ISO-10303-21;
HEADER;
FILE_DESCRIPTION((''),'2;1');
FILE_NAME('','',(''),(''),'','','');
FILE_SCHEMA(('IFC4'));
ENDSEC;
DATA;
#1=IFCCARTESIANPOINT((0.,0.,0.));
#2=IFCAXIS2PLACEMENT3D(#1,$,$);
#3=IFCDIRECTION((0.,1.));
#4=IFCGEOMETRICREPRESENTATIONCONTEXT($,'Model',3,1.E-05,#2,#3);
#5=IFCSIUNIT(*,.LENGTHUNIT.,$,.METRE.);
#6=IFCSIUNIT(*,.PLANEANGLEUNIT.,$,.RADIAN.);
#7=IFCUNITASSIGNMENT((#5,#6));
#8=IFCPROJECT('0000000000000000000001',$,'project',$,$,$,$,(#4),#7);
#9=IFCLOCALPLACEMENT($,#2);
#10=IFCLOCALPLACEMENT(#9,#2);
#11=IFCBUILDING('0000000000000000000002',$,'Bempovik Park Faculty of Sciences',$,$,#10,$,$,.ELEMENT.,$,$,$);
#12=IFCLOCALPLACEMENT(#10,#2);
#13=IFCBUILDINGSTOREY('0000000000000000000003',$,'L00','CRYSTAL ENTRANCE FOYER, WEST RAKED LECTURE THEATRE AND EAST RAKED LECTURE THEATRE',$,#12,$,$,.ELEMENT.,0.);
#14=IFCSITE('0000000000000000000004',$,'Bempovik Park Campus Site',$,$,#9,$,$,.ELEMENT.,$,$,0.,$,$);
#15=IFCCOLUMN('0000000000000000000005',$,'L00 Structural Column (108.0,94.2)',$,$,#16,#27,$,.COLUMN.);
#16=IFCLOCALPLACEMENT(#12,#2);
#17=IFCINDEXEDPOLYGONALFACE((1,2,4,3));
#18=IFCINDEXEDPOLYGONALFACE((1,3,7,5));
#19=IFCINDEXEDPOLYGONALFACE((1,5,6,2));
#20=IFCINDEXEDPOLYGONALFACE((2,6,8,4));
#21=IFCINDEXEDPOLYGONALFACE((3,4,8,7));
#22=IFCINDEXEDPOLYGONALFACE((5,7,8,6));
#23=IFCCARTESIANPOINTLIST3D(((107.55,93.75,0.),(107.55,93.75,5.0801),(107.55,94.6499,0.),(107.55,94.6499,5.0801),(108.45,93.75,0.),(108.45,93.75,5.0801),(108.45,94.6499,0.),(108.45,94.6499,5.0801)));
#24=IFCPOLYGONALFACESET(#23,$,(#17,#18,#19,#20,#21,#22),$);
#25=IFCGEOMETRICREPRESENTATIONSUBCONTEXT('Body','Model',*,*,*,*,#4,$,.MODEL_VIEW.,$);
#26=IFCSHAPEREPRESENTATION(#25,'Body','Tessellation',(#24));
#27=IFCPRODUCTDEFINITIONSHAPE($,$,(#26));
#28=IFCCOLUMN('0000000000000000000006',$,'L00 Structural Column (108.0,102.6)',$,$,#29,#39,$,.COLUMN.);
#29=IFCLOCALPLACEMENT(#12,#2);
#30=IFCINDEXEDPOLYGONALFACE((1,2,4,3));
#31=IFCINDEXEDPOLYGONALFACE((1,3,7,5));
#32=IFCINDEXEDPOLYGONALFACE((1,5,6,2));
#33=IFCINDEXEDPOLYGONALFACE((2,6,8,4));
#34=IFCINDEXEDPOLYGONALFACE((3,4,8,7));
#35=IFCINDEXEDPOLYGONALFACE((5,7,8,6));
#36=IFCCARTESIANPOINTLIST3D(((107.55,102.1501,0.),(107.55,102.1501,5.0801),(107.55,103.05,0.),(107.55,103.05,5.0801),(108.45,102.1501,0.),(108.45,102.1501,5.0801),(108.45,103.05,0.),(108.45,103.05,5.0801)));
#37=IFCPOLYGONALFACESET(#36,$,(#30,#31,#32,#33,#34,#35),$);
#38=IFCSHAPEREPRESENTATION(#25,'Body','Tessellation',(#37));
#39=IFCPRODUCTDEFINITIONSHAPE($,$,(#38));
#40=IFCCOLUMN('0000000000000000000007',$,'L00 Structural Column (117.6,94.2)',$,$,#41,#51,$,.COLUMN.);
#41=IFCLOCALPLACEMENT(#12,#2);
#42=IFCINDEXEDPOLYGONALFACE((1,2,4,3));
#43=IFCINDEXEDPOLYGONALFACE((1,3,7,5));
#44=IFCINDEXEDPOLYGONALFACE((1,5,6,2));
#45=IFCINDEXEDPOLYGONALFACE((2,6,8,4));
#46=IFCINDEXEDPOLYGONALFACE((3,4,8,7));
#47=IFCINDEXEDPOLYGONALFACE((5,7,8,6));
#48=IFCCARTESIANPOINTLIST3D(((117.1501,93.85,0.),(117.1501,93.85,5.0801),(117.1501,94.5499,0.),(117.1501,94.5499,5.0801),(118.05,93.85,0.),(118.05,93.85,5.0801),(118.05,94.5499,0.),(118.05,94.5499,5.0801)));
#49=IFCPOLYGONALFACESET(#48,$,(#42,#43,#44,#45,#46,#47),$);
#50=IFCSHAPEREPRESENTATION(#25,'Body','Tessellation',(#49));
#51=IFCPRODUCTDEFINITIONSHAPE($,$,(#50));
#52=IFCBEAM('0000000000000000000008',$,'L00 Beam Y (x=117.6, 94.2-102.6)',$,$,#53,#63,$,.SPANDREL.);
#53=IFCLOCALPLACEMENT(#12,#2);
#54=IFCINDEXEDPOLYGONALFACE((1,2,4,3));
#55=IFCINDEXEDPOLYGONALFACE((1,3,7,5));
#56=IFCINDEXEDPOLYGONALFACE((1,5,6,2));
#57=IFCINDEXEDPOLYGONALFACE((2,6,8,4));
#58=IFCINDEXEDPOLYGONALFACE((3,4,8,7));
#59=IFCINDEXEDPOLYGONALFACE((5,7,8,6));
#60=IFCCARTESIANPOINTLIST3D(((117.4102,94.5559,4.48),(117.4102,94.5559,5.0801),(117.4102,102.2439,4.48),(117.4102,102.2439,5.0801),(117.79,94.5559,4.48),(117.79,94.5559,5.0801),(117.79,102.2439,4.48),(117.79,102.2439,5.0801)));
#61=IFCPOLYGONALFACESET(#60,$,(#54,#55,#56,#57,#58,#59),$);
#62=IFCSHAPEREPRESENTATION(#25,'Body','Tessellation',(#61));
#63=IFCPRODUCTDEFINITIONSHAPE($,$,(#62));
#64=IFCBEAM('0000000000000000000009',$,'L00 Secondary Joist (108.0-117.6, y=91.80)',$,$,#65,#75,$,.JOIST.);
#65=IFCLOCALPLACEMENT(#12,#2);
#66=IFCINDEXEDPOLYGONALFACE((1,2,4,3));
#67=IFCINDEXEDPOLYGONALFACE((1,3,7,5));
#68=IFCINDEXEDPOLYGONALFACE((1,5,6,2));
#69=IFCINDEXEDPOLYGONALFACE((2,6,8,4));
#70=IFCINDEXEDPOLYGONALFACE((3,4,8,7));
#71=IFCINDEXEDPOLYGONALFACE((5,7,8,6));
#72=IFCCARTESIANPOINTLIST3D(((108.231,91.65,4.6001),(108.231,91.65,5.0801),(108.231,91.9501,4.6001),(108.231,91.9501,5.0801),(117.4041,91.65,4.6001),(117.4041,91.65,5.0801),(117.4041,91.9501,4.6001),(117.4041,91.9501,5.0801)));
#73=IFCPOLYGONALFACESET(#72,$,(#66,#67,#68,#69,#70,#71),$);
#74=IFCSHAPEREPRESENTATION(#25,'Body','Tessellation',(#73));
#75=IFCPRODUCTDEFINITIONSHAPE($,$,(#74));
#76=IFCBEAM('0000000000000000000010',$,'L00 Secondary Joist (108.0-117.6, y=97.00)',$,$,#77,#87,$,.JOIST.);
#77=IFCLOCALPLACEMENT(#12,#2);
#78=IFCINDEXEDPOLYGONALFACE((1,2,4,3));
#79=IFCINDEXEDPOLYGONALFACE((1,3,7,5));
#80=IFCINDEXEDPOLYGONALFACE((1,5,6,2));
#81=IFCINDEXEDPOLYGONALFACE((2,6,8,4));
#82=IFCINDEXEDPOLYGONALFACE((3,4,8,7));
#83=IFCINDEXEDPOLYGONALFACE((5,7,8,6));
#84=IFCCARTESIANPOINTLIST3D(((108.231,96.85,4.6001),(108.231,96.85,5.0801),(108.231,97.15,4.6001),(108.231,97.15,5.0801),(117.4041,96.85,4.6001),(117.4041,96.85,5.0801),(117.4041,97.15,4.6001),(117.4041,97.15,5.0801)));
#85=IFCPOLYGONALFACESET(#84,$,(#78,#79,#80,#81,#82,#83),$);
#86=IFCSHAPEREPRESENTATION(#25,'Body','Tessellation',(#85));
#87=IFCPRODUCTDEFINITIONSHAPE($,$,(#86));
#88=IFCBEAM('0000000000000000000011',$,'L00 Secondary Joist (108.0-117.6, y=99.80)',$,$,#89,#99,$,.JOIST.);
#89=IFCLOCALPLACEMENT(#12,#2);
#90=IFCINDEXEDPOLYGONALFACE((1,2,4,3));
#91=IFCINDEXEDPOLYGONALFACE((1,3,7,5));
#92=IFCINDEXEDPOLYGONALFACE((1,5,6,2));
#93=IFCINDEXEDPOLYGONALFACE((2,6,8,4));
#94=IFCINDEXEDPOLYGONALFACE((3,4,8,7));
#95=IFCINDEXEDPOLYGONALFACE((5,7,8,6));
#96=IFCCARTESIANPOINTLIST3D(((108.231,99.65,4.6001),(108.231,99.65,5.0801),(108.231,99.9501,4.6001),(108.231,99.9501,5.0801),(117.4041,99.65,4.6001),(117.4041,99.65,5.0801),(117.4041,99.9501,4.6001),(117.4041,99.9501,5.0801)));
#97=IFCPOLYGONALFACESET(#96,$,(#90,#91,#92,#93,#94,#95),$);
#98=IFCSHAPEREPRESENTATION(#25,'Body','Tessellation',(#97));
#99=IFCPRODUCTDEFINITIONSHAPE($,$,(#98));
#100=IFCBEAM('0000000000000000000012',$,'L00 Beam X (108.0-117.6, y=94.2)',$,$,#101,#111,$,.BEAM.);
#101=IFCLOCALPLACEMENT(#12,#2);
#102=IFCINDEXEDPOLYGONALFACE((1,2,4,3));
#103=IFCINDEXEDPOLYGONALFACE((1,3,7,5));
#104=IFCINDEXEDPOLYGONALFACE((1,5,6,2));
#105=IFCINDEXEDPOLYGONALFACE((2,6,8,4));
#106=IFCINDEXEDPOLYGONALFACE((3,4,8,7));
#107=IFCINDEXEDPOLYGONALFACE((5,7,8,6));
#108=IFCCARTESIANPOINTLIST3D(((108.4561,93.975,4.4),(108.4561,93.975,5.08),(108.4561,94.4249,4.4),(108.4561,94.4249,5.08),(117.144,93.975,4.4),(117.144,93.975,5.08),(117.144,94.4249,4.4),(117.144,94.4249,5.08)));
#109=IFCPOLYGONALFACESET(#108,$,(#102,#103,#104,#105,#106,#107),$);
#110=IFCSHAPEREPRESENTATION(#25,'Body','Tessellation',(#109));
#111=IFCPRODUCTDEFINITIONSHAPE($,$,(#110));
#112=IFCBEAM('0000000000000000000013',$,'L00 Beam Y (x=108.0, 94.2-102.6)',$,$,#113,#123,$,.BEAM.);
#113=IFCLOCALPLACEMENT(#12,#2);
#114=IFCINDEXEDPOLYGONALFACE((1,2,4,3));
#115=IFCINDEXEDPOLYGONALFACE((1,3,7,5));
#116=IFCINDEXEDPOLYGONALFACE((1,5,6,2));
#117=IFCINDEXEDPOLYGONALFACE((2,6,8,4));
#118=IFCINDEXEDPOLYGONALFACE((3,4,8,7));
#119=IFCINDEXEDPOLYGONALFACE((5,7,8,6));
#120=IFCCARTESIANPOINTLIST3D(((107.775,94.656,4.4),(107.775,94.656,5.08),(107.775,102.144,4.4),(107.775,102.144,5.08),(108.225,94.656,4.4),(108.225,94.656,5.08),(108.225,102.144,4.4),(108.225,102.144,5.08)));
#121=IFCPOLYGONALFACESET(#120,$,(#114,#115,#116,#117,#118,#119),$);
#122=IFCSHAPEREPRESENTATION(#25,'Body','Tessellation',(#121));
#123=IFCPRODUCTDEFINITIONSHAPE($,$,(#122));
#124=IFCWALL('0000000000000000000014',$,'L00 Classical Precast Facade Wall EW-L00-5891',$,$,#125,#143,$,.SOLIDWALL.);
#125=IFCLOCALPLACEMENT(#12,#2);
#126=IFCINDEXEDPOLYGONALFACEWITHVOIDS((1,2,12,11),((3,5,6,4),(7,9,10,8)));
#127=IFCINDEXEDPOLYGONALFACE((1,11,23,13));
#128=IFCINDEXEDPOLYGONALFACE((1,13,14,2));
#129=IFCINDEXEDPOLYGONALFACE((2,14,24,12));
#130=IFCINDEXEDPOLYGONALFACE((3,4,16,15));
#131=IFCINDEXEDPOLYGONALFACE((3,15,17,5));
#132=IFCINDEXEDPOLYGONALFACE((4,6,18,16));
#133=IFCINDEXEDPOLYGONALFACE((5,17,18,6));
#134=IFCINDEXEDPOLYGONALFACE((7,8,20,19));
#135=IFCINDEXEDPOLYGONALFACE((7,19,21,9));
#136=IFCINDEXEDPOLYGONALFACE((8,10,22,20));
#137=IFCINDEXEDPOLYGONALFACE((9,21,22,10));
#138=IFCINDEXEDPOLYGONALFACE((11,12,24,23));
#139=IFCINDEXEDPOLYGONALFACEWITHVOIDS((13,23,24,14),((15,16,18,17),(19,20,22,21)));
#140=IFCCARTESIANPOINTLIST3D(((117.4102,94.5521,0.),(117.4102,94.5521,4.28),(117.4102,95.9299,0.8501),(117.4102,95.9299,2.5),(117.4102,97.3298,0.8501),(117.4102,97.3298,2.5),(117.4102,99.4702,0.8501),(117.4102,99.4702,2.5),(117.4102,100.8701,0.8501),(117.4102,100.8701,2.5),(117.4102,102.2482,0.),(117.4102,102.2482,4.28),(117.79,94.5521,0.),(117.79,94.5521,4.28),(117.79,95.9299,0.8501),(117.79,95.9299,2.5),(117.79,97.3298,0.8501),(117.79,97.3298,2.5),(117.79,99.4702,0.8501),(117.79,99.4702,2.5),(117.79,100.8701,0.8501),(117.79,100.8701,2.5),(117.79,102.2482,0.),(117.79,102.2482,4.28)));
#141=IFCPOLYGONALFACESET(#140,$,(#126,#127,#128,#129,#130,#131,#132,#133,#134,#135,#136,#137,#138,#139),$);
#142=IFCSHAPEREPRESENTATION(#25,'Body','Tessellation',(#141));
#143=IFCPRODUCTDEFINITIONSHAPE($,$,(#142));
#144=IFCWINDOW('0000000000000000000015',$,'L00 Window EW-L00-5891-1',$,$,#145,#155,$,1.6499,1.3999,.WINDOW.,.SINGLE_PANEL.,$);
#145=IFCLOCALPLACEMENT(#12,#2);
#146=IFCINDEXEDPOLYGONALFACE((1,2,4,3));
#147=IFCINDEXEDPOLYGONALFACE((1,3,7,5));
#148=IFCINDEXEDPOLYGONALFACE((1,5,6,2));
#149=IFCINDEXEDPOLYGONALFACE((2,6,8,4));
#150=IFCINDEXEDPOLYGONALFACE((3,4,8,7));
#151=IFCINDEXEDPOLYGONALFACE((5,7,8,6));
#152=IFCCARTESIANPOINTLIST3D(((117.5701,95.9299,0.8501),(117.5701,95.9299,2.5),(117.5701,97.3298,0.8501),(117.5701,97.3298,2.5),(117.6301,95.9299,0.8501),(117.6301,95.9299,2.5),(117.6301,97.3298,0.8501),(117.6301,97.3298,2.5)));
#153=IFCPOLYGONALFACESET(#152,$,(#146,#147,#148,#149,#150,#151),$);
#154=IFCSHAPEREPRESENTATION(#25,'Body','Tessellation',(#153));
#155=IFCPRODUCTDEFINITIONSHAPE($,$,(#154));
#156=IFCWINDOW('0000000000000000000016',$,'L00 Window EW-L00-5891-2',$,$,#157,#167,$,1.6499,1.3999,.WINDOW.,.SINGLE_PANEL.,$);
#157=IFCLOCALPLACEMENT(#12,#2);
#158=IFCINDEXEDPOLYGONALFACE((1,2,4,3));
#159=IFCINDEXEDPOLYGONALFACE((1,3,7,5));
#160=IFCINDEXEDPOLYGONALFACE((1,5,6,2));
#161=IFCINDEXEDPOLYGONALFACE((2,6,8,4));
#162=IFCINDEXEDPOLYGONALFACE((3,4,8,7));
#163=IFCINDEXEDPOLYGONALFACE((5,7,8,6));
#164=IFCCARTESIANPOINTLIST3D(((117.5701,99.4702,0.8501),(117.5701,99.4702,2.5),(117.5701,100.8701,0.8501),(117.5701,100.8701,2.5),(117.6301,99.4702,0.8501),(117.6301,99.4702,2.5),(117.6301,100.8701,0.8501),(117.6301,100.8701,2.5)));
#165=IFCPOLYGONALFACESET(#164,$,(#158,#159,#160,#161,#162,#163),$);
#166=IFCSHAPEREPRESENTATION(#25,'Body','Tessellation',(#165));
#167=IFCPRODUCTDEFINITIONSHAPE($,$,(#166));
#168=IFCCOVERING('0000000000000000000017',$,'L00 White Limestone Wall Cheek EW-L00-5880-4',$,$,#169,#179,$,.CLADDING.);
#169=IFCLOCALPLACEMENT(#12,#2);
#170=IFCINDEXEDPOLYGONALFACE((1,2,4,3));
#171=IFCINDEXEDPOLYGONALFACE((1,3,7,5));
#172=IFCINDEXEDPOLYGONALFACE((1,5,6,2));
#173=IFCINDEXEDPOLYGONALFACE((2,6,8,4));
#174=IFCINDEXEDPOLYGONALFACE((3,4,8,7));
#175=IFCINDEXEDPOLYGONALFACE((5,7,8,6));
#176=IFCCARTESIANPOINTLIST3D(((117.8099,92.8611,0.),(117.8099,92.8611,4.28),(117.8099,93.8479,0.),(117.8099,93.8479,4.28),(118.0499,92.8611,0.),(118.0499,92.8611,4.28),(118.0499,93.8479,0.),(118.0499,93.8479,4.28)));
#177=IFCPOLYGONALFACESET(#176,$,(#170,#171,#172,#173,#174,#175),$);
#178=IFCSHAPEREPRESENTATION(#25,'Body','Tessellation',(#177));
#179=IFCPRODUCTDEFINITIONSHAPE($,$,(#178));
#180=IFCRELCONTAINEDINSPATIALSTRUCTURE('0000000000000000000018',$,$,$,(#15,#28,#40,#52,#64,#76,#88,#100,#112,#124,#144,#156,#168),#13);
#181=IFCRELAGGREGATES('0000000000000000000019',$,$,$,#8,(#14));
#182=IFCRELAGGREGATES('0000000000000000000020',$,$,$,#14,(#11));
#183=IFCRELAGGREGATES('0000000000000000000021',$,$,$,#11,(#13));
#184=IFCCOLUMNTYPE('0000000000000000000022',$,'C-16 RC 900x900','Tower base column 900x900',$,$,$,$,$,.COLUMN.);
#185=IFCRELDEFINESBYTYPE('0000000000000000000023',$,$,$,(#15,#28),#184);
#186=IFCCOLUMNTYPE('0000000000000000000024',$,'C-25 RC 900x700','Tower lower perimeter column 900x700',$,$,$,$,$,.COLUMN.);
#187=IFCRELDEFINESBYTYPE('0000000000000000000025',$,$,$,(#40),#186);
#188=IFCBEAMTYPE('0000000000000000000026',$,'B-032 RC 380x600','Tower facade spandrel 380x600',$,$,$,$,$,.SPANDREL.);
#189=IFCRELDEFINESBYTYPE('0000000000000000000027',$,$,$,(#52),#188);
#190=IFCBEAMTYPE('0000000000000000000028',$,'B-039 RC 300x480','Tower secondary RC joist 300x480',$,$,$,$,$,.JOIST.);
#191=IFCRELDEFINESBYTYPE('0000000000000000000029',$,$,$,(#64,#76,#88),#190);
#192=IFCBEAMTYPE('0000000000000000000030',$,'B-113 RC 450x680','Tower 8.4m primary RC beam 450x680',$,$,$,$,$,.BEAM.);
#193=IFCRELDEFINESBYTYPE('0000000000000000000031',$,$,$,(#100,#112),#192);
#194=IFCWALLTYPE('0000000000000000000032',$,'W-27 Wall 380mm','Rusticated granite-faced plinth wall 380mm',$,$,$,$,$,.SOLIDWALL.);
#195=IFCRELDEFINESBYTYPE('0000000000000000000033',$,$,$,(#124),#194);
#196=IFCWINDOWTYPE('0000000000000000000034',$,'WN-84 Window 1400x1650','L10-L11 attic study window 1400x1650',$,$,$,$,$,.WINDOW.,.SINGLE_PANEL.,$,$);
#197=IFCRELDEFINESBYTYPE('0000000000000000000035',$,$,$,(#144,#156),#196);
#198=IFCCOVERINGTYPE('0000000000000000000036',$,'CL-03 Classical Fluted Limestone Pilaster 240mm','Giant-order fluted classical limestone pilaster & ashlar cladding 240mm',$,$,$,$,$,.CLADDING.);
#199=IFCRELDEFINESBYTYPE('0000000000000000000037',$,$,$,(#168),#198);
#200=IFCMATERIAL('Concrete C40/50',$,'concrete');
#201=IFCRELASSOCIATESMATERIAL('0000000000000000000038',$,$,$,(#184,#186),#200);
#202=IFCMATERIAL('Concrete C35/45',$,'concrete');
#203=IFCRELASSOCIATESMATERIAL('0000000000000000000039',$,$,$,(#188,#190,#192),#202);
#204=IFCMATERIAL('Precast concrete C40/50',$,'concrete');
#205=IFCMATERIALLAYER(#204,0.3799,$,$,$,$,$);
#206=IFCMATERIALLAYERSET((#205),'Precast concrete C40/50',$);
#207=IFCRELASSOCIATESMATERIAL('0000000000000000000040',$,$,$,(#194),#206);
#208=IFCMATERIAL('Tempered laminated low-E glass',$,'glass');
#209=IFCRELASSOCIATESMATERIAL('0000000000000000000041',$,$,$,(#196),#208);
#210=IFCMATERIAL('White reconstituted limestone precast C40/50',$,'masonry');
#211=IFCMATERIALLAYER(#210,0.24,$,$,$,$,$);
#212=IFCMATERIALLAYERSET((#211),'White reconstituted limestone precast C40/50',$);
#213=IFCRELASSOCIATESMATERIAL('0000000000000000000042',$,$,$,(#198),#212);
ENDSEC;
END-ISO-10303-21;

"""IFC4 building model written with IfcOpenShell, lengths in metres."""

from ifc_helpers import new_model, si_unit, direction, frame, frame_2d, origin, origin_2d, place, context, subcontext, project, spatial, rectangle, extrude, material, layer, layer_set, material_profile, profile_set, type_object, element, fill, save


model = new_model("IFC4")

# Units and contexts
model_context = context("Model", 3, precision=1e-05, world=origin(), true_north=direction((0.0, 1.0)))
body_context = subcontext(model_context, "Body", "Model", "MODEL_VIEW")
ifc_project = project(units=[si_unit("LENGTHUNIT", "METRE"), si_unit("PLANEANGLEUNIT", "RADIAN")], contexts=[model_context])

# Site, building, storey
site_placement = place(None, origin())
site = spatial("IfcSite", under=ifc_project, at=site_placement, Name="Bempovik Park Campus Site", CompositionType="ELEMENT", RefElevation=0.0)
building_placement = place(site_placement, origin())
building = spatial("IfcBuilding", under=site, at=building_placement, Name="Bempovik Park Faculty of Sciences", CompositionType="ELEMENT")
storey_placement = place(building_placement, origin())
storey = spatial("IfcBuildingStorey", under=building, at=storey_placement, Name="L00", Description="CRYSTAL ENTRANCE FOYER, WEST RAKED LECTURE THEATRE AND EAST RAKED LECTURE THEATRE", CompositionType="ELEMENT", Elevation=0.0)

# Columns
ifc_material_1 = material(Name="Concrete C40/50", Category="concrete")
ifc_material_profile_1 = material_profile(ifc_material_1, rectangle(XDim=0.8999, YDim=0.8999, at=origin_2d()), Name="RC 900x900")
ifc_profile_set_1 = profile_set([ifc_material_profile_1], Name="Concrete C40/50")
column_type_1 = type_object("IfcColumnType", Name="C-16 RC 900x900", Description="Tower base column 900x900", PredefinedType="COLUMN", material=ifc_profile_set_1)
for number, where, z_axis, x_axis, name in (
    (1, (108.0, 94.2, 0.0), (0.0, 0.0, 1.0), (1.0, 0.0, 0.0), "L00 Structural Column (108.0,94.2)"),
    (2, (108.0, 102.6001, 0.0), (0.0, 0.0, 1.0), (1.0, 0.0, 0.0), "L00 Structural Column (108.0,102.6)"),
):
    element("IfcColumn", number, at=place(storey_placement, frame(where, z_axis=z_axis, x_axis=x_axis)), inside=storey, type_object=column_type_1, Name=name, PredefinedType="COLUMN", context=body_context, shape_type="SweptSolid", body=[
        extrude(rectangle(XDim=0.8999, YDim=0.8999, at=origin_2d()), origin(), (0.0, 0.0, 1.0), 5.0801),
    ])
ifc_material_profile_2 = material_profile(ifc_material_1, rectangle(XDim=0.8999, YDim=0.7, at=origin_2d()), Name="RC 900x700")
ifc_profile_set_2 = profile_set([ifc_material_profile_2], Name="Concrete C40/50")
column_type_2 = type_object("IfcColumnType", Name="C-25 RC 900x700", Description="Tower lower perimeter column 900x700", PredefinedType="COLUMN", material=ifc_profile_set_2)
column_placement = place(storey_placement, frame((117.6001, 94.2, 0.0), z_axis=(0.0, 0.0, 1.0), x_axis=(1.0, 0.0, 0.0)))
element("IfcColumn", 3, at=column_placement, inside=storey, type_object=column_type_2, Name="L00 Structural Column (117.6,94.2)", PredefinedType="COLUMN", context=body_context, shape_type="SweptSolid", body=[
    extrude(rectangle(XDim=0.8999, YDim=0.7, at=origin_2d()), origin(), (0.0, 0.0, 1.0), 5.0801),
])

# Beams
ifc_material_2 = material(Name="Concrete C35/45", Category="concrete")
ifc_material_profile_3 = material_profile(ifc_material_2, rectangle(XDim=0.3799, YDim=0.6001, at=origin_2d()), Name="RC 380x600")
ifc_profile_set_3 = profile_set([ifc_material_profile_3], Name="Concrete C35/45")
beam_type_1 = type_object("IfcBeamType", Name="B-032 RC 380x600", Description="Tower facade spandrel 380x600", PredefinedType="SPANDREL", material=ifc_profile_set_3)
beam_1_placement = place(storey_placement, frame((117.6001, 94.5559, 4.78), z_axis=(0.0, 1.0, 0.0), x_axis=(-1.0, 0.0, 0.0)))
element("IfcBeam", 4, at=beam_1_placement, inside=storey, type_object=beam_type_1, Name="L00 Beam Y (x=117.6, 94.2-102.6)", PredefinedType="SPANDREL", context=body_context, shape_type="SweptSolid", body=[
    extrude(rectangle(XDim=0.3799, YDim=0.6001, at=origin_2d()), origin(), (0.0, 0.0, 1.0), 7.688),
])
ifc_material_profile_4 = material_profile(ifc_material_2, rectangle(XDim=0.3, YDim=0.48, at=origin_2d()), Name="RC 300x480")
ifc_profile_set_4 = profile_set([ifc_material_profile_4], Name="Concrete C35/45")
beam_type_2 = type_object("IfcBeamType", Name="B-039 RC 300x480", Description="Tower secondary RC joist 300x480", PredefinedType="JOIST", material=ifc_profile_set_4)
for number, where, z_axis, x_axis, name in (
    (5, (108.231, 91.8, 4.8401), (1.0, 0.0, 0.0), (0.0, 1.0, 0.0), "L00 Secondary Joist (108.0-117.6, y=91.80)"),
    (6, (108.231, 97.0, 4.8401), (1.0, 0.0, 0.0), (0.0, 1.0, 0.0), "L00 Secondary Joist (108.0-117.6, y=97.00)"),
    (7, (108.231, 99.8, 4.8401), (1.0, 0.0, 0.0), (0.0, 1.0, 0.0), "L00 Secondary Joist (108.0-117.6, y=99.80)"),
):
    element("IfcBeam", number, at=place(storey_placement, frame(where, z_axis=z_axis, x_axis=x_axis)), inside=storey, type_object=beam_type_2, Name=name, PredefinedType="JOIST", context=body_context, shape_type="SweptSolid", body=[
        extrude(rectangle(XDim=0.3, YDim=0.48, at=origin_2d()), origin(), (0.0, 0.0, 1.0), 9.1731),
    ])
ifc_material_profile_5 = material_profile(ifc_material_2, rectangle(XDim=0.45, YDim=0.6799, at=origin_2d()), Name="RC 450x680")
ifc_profile_set_5 = profile_set([ifc_material_profile_5], Name="Concrete C35/45")
beam_type_3 = type_object("IfcBeamType", Name="B-113 RC 450x680", Description="Tower 8.4m primary RC beam 450x680", PredefinedType="BEAM", material=ifc_profile_set_5)
beam_2_placement = place(storey_placement, frame((108.4561, 94.2, 4.74), z_axis=(1.0, 0.0, 0.0), x_axis=(0.0, 1.0, 0.0)))
element("IfcBeam", 8, at=beam_2_placement, inside=storey, type_object=beam_type_3, Name="L00 Beam X (108.0-117.6, y=94.2)", PredefinedType="BEAM", context=body_context, shape_type="SweptSolid", body=[
    extrude(rectangle(XDim=0.45, YDim=0.6799, at=origin_2d()), origin(), (0.0, 0.0, 1.0), 8.688),
])
beam_3_placement = place(storey_placement, frame((108.0, 94.656, 4.74), z_axis=(0.0, 1.0, 0.0), x_axis=(-1.0, 0.0, 0.0)))
element("IfcBeam", 9, at=beam_3_placement, inside=storey, type_object=beam_type_3, Name="L00 Beam Y (x=108.0, 94.2-102.6)", PredefinedType="BEAM", context=body_context, shape_type="SweptSolid", body=[
    extrude(rectangle(XDim=0.45, YDim=0.6799, at=origin_2d()), origin(), (0.0, 0.0, 1.0), 7.488),
])

# Wall, openings, windows
ifc_material_3 = material(Name="Precast concrete C40/50", Category="concrete")
ifc_layer_1 = layer(ifc_material_3, 0.3799)
ifc_layer_set_1 = layer_set([ifc_layer_1], Name="Precast concrete C40/50")
wall_type = type_object("IfcWallType", Name="W-27 Wall 380mm", Description="Rusticated granite-faced plinth wall 380mm", PredefinedType="SOLIDWALL", material=ifc_layer_set_1)
wall_placement = place(storey_placement, frame((117.6001, 94.552, 0.0), z_axis=(0.0, 0.0, 1.0), x_axis=(0.0, 1.0, 0.0)))
wall = element("IfcWall", 10, at=wall_placement, inside=storey, type_object=wall_type, Name="L00 Classical Precast Facade Wall EW-L00-5891", PredefinedType="SOLIDWALL", context=body_context, shape_type="SweptSolid", body=[
    extrude(rectangle(XDim=7.696, YDim=0.3799, at=frame_2d((3.8481, 0.0))), origin(), (0.0, 0.0, 1.0), 4.28),
])
opening_1_placement = place(wall_placement, frame((1.3779, 0.0, 0.8501)))
opening_1 = element("IfcOpeningElement", 11, at=opening_1_placement, cuts=wall, PredefinedType="OPENING", context=body_context, shape_type="SweptSolid", body=[
    extrude(rectangle(XDim=1.3999, YDim=1.6499, at=frame_2d((0.7, 0.825))), frame((0.0, 0.2, 0.0), z_axis=(0.0, -1.0, 0.0), x_axis=(1.0, 0.0, 0.0)), (0.0, 0.0, 1.0), 0.3999),
])
opening_2_placement = place(wall_placement, frame((4.9182, 0.0, 0.8501)))
opening_2 = element("IfcOpeningElement", 12, at=opening_2_placement, cuts=wall, PredefinedType="OPENING", context=body_context, shape_type="SweptSolid", body=[
    extrude(rectangle(XDim=1.3999, YDim=1.6499, at=frame_2d((0.7, 0.825))), frame((0.0, 0.2, 0.0), z_axis=(0.0, -1.0, 0.0), x_axis=(1.0, 0.0, 0.0)), (0.0, 0.0, 1.0), 0.3999),
])
ifc_material_4 = material(Name="Tempered laminated low-E glass", Category="glass")
window_type = type_object("IfcWindowType", Name="WN-84 Window 1400x1650", Description="L10-L11 attic study window 1400x1650", PartitioningType="SINGLE_PANEL", PredefinedType="WINDOW", material=ifc_material_4)
window_1_placement = place(opening_1_placement, origin())
window_1 = element("IfcWindow", 13, at=window_1_placement, inside=storey, type_object=window_type, Name="L00 Window EW-L00-5891-1", OverallHeight=1.6499, OverallWidth=1.3999, PartitioningType="SINGLE_PANEL", PredefinedType="WINDOW", context=body_context, shape_type="SweptSolid", body=[
    extrude(rectangle(XDim=1.3999, YDim=1.6499, at=frame_2d((0.7, 0.825))), frame((0.0, 0.03, 0.0), z_axis=(0.0, -1.0, 0.0), x_axis=(1.0, 0.0, 0.0)), (0.0, 0.0, 1.0), 0.0601),
])
fill(opening_1, window_1)
window_2_placement = place(opening_2_placement, origin())
window_2 = element("IfcWindow", 14, at=window_2_placement, inside=storey, type_object=window_type, Name="L00 Window EW-L00-5891-2", OverallHeight=1.6499, OverallWidth=1.3999, PartitioningType="SINGLE_PANEL", PredefinedType="WINDOW", context=body_context, shape_type="SweptSolid", body=[
    extrude(rectangle(XDim=1.3999, YDim=1.6499, at=frame_2d((0.7, 0.825))), frame((0.0, 0.03, 0.0), z_axis=(0.0, -1.0, 0.0), x_axis=(1.0, 0.0, 0.0)), (0.0, 0.0, 1.0), 0.0601),
])
fill(opening_2, window_2)

# Covering
ifc_material_5 = material(Name="White reconstituted limestone precast C40/50", Category="masonry")
ifc_layer_2 = layer(ifc_material_5, 0.24)
ifc_layer_set_2 = layer_set([ifc_layer_2], Name="White reconstituted limestone precast C40/50")
covering_type = type_object("IfcCoveringType", Name="CL-03 Classical Fluted Limestone Pilaster 240mm", Description="Giant-order fluted classical limestone pilaster & ashlar cladding 240mm", PredefinedType="CLADDING", material=ifc_layer_set_2)
covering_1_placement = place(storey_placement, frame((117.9299, 93.3545, 0.0), z_axis=(0.0, 0.0, 1.0), x_axis=(1.0, 0.0, 0.0)))
element("IfcCovering", 15, at=covering_1_placement, inside=storey, type_object=covering_type, Name="L00 White Limestone Wall Cheek EW-L00-5880-4", PredefinedType="CLADDING", context=body_context, shape_type="SweptSolid", body=[
    extrude(rectangle(XDim=0.24, YDim=0.9868, at=origin_2d()), origin(), (0.0, 0.0, 1.0), 4.28),
])

save(model, "model.ifc")
